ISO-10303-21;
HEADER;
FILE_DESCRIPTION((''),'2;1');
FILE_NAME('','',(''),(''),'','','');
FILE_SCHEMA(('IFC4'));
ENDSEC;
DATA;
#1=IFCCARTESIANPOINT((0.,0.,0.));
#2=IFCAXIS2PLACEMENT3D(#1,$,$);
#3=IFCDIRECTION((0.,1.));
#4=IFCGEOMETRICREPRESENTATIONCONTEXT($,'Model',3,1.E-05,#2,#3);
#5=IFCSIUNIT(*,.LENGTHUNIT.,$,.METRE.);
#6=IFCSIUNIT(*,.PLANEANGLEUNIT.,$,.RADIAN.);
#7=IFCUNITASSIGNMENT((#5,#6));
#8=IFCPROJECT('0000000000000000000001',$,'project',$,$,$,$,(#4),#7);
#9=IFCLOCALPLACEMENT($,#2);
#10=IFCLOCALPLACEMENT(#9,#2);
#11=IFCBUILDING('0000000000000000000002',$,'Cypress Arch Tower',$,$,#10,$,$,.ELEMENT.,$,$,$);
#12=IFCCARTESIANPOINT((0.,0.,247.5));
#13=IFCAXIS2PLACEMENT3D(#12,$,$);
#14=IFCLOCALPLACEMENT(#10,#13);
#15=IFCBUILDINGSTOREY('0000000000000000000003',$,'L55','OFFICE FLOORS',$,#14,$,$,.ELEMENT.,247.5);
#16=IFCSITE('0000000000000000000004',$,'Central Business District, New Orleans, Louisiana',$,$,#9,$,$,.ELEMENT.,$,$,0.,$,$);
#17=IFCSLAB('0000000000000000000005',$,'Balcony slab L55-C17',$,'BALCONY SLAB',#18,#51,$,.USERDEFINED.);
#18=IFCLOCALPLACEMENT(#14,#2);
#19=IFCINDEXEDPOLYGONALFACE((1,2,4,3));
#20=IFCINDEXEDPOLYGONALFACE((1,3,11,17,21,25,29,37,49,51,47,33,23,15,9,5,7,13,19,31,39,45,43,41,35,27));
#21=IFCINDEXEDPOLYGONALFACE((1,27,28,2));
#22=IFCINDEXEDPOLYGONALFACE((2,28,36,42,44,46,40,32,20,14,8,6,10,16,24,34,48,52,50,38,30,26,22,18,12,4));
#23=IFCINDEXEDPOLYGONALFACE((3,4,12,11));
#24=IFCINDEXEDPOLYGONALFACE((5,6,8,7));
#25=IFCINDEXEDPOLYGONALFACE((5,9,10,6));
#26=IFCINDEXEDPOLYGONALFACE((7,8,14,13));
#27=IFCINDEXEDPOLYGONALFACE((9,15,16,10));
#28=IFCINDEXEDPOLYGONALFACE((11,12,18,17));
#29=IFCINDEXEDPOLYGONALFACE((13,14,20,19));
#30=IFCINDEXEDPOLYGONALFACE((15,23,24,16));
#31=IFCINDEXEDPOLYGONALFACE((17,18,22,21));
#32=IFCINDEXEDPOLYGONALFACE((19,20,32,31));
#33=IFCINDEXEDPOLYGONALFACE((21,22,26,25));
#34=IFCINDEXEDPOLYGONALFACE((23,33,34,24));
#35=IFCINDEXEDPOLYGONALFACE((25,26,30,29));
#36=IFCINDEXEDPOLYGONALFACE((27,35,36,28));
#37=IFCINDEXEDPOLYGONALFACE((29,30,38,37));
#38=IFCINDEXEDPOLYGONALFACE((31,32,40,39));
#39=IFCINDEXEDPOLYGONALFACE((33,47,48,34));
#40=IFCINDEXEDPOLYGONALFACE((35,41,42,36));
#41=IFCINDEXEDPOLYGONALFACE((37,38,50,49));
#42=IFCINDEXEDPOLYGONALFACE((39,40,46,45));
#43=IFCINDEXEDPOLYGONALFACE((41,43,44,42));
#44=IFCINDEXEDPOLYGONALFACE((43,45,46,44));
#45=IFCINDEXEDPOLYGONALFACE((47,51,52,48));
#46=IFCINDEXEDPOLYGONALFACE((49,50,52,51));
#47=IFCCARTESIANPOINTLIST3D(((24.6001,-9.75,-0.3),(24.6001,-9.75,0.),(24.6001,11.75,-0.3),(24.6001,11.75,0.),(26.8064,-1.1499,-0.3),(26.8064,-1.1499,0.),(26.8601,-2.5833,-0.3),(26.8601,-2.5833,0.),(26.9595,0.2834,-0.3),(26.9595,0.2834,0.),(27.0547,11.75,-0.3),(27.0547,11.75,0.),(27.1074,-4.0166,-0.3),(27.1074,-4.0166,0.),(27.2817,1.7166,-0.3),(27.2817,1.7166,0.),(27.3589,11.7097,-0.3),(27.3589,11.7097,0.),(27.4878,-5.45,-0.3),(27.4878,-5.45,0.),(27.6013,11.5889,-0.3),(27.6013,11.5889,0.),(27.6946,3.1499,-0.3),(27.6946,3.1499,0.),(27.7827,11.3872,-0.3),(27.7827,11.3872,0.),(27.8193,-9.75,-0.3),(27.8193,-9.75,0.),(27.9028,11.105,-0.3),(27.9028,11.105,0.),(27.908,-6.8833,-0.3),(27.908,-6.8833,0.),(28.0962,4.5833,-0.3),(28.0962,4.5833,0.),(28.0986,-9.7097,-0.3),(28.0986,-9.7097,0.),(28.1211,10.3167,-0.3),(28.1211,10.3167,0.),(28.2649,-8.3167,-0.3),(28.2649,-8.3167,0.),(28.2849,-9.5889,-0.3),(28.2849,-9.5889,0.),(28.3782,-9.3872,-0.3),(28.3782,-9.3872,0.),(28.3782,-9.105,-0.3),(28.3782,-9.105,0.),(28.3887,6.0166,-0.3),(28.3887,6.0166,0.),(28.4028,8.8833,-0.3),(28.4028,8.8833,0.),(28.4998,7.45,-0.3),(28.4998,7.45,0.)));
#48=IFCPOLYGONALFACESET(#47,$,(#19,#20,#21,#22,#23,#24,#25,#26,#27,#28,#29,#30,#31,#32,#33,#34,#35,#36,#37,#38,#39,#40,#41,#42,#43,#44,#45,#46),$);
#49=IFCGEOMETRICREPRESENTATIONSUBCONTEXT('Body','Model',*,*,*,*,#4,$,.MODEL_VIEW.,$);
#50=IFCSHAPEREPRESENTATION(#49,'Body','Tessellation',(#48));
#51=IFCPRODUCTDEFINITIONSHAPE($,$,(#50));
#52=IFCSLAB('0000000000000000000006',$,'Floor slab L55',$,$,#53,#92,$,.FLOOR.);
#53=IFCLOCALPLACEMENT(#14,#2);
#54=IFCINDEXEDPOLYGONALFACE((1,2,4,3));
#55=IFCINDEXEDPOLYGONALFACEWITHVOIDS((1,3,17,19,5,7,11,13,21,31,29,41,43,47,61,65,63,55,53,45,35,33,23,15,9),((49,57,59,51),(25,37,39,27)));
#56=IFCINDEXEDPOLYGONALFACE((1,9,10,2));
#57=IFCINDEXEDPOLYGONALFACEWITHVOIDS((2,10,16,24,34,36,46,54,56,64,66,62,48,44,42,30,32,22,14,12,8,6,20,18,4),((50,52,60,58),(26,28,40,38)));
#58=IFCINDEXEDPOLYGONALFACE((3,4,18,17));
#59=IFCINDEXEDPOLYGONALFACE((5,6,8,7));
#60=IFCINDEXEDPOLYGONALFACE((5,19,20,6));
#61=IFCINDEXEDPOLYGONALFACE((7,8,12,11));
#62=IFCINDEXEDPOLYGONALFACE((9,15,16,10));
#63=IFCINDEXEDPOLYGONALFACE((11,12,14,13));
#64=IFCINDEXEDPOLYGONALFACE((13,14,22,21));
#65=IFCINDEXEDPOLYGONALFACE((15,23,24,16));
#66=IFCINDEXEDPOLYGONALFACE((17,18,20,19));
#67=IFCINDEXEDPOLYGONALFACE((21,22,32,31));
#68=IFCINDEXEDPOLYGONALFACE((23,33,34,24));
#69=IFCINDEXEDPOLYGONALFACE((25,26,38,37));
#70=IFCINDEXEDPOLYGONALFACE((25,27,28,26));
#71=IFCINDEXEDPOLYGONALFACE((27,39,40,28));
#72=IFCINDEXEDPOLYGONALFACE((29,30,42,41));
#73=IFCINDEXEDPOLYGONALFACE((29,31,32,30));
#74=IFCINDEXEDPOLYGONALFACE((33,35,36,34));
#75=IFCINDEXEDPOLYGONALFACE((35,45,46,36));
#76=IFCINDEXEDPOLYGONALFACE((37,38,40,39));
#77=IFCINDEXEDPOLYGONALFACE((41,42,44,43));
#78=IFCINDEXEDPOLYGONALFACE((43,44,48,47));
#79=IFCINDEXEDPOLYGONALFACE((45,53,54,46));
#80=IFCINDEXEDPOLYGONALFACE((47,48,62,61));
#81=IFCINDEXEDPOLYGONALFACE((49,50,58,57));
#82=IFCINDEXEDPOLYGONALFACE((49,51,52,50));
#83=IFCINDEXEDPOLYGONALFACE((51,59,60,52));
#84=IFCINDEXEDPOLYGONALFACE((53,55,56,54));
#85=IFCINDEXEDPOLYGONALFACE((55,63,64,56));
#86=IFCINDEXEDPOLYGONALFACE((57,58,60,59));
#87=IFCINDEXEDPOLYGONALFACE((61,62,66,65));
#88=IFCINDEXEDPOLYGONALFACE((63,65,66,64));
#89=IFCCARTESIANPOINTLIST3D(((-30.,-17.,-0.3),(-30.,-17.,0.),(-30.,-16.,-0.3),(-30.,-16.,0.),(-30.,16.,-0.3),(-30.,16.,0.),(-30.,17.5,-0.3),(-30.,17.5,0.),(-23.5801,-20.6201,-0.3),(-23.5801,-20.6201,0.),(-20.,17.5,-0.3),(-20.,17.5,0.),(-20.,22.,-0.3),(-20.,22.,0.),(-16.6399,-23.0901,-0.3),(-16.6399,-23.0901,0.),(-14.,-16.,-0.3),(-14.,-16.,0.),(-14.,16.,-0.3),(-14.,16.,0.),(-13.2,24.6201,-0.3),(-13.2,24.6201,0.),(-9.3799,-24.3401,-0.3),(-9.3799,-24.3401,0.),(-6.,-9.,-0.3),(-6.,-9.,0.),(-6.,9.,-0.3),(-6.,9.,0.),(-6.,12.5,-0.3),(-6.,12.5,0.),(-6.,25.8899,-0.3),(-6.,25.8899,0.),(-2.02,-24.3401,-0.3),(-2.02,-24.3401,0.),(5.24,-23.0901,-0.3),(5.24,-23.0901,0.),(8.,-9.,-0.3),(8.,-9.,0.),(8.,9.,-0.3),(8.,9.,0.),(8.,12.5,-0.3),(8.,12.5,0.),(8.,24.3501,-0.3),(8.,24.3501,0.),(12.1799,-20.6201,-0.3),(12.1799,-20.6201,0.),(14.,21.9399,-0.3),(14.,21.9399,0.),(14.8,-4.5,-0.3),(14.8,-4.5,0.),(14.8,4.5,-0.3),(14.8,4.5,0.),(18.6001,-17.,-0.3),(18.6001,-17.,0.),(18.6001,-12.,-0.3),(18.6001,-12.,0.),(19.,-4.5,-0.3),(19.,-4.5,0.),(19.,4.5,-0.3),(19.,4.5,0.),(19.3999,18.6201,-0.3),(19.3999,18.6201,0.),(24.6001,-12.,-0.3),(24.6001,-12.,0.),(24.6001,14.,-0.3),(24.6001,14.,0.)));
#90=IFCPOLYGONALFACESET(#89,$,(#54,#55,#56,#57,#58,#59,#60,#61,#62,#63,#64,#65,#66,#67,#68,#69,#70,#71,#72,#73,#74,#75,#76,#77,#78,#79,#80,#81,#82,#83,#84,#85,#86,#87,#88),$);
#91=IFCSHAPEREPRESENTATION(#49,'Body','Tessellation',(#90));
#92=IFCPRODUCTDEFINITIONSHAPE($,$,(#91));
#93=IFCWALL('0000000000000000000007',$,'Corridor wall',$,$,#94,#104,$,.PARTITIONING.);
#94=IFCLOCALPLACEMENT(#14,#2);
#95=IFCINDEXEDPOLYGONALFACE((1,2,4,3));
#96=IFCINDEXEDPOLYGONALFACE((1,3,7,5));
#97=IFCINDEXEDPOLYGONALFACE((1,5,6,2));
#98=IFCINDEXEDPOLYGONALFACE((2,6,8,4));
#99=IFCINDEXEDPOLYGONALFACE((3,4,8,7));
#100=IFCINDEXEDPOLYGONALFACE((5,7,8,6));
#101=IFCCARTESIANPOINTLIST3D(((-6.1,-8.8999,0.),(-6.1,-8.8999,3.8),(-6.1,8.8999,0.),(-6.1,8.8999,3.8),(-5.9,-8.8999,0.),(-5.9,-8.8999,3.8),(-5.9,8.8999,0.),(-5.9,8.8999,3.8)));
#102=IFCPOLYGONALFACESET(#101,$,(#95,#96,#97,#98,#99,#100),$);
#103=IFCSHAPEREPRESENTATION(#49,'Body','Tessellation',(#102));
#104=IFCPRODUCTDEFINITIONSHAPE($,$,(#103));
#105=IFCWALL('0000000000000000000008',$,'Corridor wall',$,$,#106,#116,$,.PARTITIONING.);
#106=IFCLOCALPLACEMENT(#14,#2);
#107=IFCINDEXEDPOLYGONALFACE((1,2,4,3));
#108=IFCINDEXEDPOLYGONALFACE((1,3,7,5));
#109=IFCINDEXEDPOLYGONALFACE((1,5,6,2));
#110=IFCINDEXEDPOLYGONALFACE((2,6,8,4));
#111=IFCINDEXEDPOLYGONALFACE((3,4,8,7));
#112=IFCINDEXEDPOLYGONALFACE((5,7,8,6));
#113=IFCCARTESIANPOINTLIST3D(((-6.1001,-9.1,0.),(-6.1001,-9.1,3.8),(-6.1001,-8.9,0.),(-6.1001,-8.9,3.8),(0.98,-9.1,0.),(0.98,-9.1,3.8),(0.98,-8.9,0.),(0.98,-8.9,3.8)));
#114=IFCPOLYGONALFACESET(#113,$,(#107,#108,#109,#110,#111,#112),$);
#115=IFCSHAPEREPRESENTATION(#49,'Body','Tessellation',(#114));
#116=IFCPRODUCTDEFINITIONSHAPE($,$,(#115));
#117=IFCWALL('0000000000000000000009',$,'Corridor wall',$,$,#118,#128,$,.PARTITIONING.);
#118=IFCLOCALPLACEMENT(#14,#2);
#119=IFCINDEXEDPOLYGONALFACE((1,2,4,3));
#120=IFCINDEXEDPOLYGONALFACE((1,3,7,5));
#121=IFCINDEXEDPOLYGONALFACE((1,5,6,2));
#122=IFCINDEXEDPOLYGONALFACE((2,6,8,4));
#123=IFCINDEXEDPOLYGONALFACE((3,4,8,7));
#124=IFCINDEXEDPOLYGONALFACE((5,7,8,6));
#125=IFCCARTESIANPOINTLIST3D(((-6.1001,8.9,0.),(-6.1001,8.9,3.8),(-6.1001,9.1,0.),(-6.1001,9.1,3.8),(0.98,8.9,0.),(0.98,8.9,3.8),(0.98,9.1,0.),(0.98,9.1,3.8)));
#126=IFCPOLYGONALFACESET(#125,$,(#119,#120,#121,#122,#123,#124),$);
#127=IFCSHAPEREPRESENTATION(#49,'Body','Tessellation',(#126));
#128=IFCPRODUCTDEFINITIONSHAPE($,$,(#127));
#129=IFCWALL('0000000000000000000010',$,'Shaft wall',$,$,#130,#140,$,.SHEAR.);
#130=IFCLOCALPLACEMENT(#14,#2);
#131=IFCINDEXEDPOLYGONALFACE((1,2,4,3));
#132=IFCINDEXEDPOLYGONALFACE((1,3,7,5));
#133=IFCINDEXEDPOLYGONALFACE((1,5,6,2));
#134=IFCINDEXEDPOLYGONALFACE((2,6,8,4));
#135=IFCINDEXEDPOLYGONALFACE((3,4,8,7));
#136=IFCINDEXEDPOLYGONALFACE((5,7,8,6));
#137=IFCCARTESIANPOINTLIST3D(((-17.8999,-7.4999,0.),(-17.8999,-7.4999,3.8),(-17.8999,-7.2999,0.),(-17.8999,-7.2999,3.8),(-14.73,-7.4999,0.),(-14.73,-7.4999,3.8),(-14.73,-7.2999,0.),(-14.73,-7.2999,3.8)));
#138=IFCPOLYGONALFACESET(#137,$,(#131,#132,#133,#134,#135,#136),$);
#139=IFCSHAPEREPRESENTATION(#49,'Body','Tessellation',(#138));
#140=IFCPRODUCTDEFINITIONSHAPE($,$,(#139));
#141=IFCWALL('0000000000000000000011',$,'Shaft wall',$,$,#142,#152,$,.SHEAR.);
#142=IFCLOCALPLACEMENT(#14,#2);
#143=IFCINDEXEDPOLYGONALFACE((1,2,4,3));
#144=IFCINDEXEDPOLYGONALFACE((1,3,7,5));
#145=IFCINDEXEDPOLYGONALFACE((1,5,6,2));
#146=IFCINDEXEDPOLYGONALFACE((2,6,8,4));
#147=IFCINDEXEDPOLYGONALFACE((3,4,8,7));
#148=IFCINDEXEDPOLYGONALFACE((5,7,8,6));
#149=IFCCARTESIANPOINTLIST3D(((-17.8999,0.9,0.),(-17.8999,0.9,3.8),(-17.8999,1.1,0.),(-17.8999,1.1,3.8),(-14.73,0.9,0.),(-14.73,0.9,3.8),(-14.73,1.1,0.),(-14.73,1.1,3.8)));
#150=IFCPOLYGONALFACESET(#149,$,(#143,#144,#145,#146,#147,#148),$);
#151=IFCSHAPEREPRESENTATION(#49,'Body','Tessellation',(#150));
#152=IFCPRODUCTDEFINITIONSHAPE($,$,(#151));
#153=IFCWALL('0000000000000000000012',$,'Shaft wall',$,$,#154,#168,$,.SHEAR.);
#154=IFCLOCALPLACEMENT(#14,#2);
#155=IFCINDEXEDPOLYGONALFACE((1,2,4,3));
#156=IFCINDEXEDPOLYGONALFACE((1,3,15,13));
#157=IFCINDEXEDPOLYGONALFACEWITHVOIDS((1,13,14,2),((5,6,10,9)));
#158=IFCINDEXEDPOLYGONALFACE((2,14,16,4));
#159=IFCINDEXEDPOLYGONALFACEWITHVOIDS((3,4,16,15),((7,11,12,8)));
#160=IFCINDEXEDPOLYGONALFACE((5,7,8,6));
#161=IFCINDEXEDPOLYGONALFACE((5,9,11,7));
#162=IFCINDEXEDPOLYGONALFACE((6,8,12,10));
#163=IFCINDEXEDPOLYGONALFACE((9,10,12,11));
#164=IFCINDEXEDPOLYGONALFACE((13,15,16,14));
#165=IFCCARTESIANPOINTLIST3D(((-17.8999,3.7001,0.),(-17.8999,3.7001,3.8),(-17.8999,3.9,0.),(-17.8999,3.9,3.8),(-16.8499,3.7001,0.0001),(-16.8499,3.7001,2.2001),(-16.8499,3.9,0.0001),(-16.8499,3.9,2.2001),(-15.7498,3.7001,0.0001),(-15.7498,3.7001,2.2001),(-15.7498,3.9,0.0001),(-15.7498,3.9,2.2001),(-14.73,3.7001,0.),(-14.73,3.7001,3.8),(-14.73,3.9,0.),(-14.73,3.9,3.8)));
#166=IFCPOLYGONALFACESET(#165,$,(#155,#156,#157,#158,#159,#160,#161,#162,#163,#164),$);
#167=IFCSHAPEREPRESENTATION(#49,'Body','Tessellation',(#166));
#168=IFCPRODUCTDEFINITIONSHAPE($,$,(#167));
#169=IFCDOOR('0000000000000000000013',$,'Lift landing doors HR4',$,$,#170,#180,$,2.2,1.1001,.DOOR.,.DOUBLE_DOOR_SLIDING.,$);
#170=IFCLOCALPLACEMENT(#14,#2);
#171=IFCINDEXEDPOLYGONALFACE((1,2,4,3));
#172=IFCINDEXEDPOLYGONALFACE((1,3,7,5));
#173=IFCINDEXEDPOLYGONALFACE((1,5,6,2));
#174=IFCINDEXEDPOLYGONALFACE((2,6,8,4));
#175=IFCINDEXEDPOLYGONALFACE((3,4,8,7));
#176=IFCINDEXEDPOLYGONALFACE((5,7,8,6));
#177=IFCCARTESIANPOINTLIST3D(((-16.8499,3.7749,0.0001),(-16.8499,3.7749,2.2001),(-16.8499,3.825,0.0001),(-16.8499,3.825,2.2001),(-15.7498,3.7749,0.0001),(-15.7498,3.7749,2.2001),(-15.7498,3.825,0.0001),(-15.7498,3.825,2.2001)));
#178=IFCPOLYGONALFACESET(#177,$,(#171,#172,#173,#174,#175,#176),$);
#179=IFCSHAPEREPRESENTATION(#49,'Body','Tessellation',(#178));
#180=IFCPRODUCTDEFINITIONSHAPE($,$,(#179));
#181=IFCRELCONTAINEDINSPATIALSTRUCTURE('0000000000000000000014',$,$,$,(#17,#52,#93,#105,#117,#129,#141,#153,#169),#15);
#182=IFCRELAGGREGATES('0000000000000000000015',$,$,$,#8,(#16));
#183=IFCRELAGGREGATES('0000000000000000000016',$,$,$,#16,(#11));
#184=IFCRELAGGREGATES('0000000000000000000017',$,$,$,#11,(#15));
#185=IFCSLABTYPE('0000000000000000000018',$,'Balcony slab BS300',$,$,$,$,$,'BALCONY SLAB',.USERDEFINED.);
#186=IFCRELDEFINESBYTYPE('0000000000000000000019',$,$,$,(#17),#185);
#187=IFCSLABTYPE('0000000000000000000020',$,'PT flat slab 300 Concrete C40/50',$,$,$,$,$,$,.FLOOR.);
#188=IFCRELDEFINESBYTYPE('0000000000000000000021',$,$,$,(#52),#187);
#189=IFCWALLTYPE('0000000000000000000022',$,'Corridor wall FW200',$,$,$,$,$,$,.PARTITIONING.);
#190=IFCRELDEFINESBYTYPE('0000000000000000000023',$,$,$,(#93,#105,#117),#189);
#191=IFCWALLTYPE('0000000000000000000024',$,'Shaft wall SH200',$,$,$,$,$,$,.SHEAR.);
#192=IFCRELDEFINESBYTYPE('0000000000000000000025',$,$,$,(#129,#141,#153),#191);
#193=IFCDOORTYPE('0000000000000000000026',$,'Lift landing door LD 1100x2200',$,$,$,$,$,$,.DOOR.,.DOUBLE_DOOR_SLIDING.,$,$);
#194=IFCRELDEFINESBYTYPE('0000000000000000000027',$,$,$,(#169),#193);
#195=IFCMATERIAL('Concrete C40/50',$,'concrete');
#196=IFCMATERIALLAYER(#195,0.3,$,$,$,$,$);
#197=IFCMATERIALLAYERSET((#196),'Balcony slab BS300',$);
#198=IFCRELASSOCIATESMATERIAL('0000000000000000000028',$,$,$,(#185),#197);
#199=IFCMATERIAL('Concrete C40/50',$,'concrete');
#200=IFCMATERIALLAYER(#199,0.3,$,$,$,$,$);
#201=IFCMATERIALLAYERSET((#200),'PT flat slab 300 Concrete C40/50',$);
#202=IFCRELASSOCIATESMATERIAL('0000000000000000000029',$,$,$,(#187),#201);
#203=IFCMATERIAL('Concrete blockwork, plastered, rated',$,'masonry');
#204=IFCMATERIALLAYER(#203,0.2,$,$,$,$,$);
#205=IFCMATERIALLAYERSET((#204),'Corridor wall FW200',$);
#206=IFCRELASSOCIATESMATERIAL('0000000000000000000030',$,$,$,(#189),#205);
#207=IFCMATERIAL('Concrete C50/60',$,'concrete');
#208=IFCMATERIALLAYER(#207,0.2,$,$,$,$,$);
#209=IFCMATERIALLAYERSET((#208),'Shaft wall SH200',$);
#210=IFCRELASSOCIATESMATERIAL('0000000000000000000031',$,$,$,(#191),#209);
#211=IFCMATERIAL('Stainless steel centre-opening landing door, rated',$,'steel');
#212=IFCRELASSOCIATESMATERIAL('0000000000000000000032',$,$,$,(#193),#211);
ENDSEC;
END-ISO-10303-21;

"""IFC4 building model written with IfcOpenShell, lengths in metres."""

from ifc_helpers import new_model, si_unit, direction, frame, frame_2d, origin, place, context, subcontext, project, spatial, polyline, rectangle, outline, extrude, material, layer, layer_set, type_object, element, fill, save


model = new_model("IFC4")

# Units and contexts
model_context = context("Model", 3, precision=1e-05, world=origin(), true_north=direction((0.0, 1.0)))
body_context = subcontext(model_context, "Body", "Model", "MODEL_VIEW")
ifc_project = project(units=[si_unit("LENGTHUNIT", "METRE"), si_unit("PLANEANGLEUNIT", "RADIAN")], contexts=[model_context])

# Site, building, storey
site_placement = place(None, origin())
site = spatial("IfcSite", under=ifc_project, at=site_placement, Name="Central Business District, New Orleans, Louisiana", CompositionType="ELEMENT", RefElevation=0.0)
building_placement = place(site_placement, origin())
building = spatial("IfcBuilding", under=site, at=building_placement, Name="Cypress Arch Tower", CompositionType="ELEMENT")
storey_placement = place(building_placement, frame((0.0, 0.0, 247.5)))
storey = spatial("IfcBuildingStorey", under=building, at=storey_placement, Name="L55", Description="OFFICE FLOORS", CompositionType="ELEMENT", Elevation=247.5)

# Slabs
ifc_material_1 = material(Name="Concrete C40/50", Category="concrete")
ifc_layer_1 = layer(ifc_material_1, 0.3)
ifc_layer_set_1 = layer_set([ifc_layer_1], Name="Balcony slab BS300")
slab_type_1 = type_object("IfcSlabType", Name="Balcony slab BS300", ElementType="BALCONY SLAB", PredefinedType="USERDEFINED", material=ifc_layer_set_1)
slab_1_placement = place(storey_placement, frame((0.0, 0.0, -0.3)))
element("IfcSlab", 1, at=slab_1_placement, inside=storey, type_object=slab_type_1, Name="Balcony slab L55-C17", ObjectType="BALCONY SLAB", PredefinedType="USERDEFINED", context=body_context, shape_type="SweptSolid", body=[
    extrude(outline(polyline([(24.6001, -9.75), (27.8193, -9.75), (28.0986, -9.7097), (28.2849, -9.5889), (28.3782, -9.3872), (28.3782, -9.105), (28.2649, -8.3167), (27.908, -6.8833), (27.4878, -5.45), (27.1074, -4.0166), (26.8601, -2.5833), (26.8064, -1.1499), (26.9595, 0.2834), (27.2817, 1.7166), (27.6946, 3.1499), (28.0962, 4.5833), (28.3887, 6.0166), (28.4998, 7.45), (28.4028, 8.8833), (28.1211, 10.3167), (27.9028, 11.105), (27.7827, 11.3872), (27.6013, 11.5889), (27.3589, 11.7097), (27.0547, 11.75), (24.6001, 11.75), (24.6001, -9.75)])), origin(), (0.0, 0.0, 1.0), 0.3),
])
ifc_material_2 = material(Name="Concrete C40/50", Category="concrete")
ifc_layer_2 = layer(ifc_material_2, 0.3)
ifc_layer_set_2 = layer_set([ifc_layer_2], Name="PT flat slab 300 Concrete C40/50")
slab_type_2 = type_object("IfcSlabType", Name="PT flat slab 300 Concrete C40/50", PredefinedType="FLOOR", material=ifc_layer_set_2)
slab_2_placement = place(storey_placement, frame((0.0, 0.0, -0.3)))
element("IfcSlab", 2, at=slab_2_placement, inside=storey, type_object=slab_type_2, Name="Floor slab L55", PredefinedType="FLOOR", context=body_context, shape_type="SweptSolid", body=[
    extrude(outline(polyline([(-30.0, 17.5), (-20.0, 17.5), (-20.0, 22.0), (-13.2, 24.6201), (-6.0, 25.8899), (-6.0, 12.5), (8.0, 12.5), (8.0, 24.3501), (14.0, 21.9399), (19.3999, 18.6201), (24.6001, 14.0), (24.6001, -12.0), (18.6001, -12.0), (18.6001, -17.0), (12.1799, -20.6201), (5.24, -23.0901), (-2.02, -24.3401), (-9.3799, -24.3401), (-16.6399, -23.0901), (-23.5801, -20.6201), (-30.0, -17.0), (-30.0, -16.0), (-14.0, -16.0), (-14.0, 16.0), (-30.0, 16.0), (-30.0, 17.5)]), holes=[polyline([(-6.0, -9.0), (8.0, -9.0), (8.0, 9.0), (-6.0, 9.0), (-6.0, -9.0)]), polyline([(14.8, -4.5), (19.0, -4.5), (19.0, 4.5), (14.8, 4.5), (14.8, -4.5)])]), origin(), (0.0, 0.0, 1.0), 0.3),
])

# Walls
ifc_material_3 = material(Name="Concrete blockwork, plastered, rated", Category="masonry")
ifc_layer_3 = layer(ifc_material_3, 0.2)
ifc_layer_set_3 = layer_set([ifc_layer_3], Name="Corridor wall FW200")
wall_type_1 = type_object("IfcWallType", Name="Corridor wall FW200", PredefinedType="PARTITIONING", material=ifc_layer_set_3)
wall_1_placement = place(storey_placement, frame((-6.0, -8.8999, 0.0), z_axis=(0.0, 0.0, 1.0), x_axis=(0.0, 1.0, 0.0)))
element("IfcWall", 3, at=wall_1_placement, inside=storey, type_object=wall_type_1, Name="Corridor wall", PredefinedType="PARTITIONING", context=body_context, shape_type="SweptSolid", body=[
    extrude(rectangle(XDim=17.7998, YDim=0.2, at=frame_2d((8.8999, 0.0))), origin(), (0.0, 0.0, 1.0), 3.8),
])
for number, where, z_axis, x_axis, name in (
    (4, (-6.1001, -9.0, 0.0), (0.0, 0.0, 1.0), (1.0, 0.0, 0.0), "Corridor wall"),
    (5, (-6.1001, 9.0, 0.0), (0.0, 0.0, 1.0), (1.0, 0.0, 0.0), "Corridor wall"),
):
    element("IfcWall", number, at=place(storey_placement, frame(where, z_axis=z_axis, x_axis=x_axis)), inside=storey, type_object=wall_type_1, Name=name, PredefinedType="PARTITIONING", context=body_context, shape_type="SweptSolid", body=[
        extrude(rectangle(XDim=7.0801, YDim=0.2, at=frame_2d((3.54, 0.0))), origin(), (0.0, 0.0, 1.0), 3.8),
    ])
ifc_material_4 = material(Name="Concrete C50/60", Category="concrete")
ifc_layer_4 = layer(ifc_material_4, 0.2)
ifc_layer_set_4 = layer_set([ifc_layer_4], Name="Shaft wall SH200")
wall_type_2 = type_object("IfcWallType", Name="Shaft wall SH200", PredefinedType="SHEAR", material=ifc_layer_set_4)
for number, where, z_axis, x_axis, name in (
    (6, (-17.8999, -7.3999, 0.0), (0.0, 0.0, 1.0), (1.0, 0.0, 0.0), "Shaft wall"),
    (7, (-17.8999, 1.0, 0.0), (0.0, 0.0, 1.0), (1.0, 0.0, 0.0), "Shaft wall"),
):
    element("IfcWall", number, at=place(storey_placement, frame(where, z_axis=z_axis, x_axis=x_axis)), inside=storey, type_object=wall_type_2, Name=name, PredefinedType="SHEAR", context=body_context, shape_type="SweptSolid", body=[
        extrude(rectangle(XDim=3.1699, YDim=0.2, at=frame_2d((1.585, 0.0))), origin(), (0.0, 0.0, 1.0), 3.8),
    ])

# Wall, opening, door
wall_2_placement = place(storey_placement, frame((-17.8999, 3.8, 0.0), z_axis=(0.0, 0.0, 1.0), x_axis=(1.0, 0.0, 0.0)))
wall_2 = element("IfcWall", 8, at=wall_2_placement, inside=storey, type_object=wall_type_2, Name="Shaft wall", PredefinedType="SHEAR", context=body_context, shape_type="SweptSolid", body=[
    extrude(rectangle(XDim=3.1699, YDim=0.2, at=frame_2d((1.585, 0.0))), origin(), (0.0, 0.0, 1.0), 3.8),
])
opening_placement = place(wall_2_placement, frame((1.05, 0.0, 0.0)))
opening = element("IfcOpeningElement", 9, at=opening_placement, cuts=wall_2, PredefinedType="OPENING", context=body_context, shape_type="SweptSolid", body=[
    extrude(rectangle(XDim=1.1001, YDim=2.2, at=frame_2d((0.55, 1.1001))), frame((0.0, 0.1099, 0.0), z_axis=(0.0, -1.0, 0.0), x_axis=(1.0, 0.0, 0.0)), (0.0, 0.0, 1.0), 0.22),
])
ifc_material_5 = material(Name="Stainless steel centre-opening landing door, rated", Category="steel")
door_type = type_object("IfcDoorType", Name="Lift landing door LD 1100x2200", OperationType="DOUBLE_DOOR_SLIDING", PredefinedType="DOOR", material=ifc_material_5)
door_placement = place(opening_placement, origin())
door = element("IfcDoor", 10, at=door_placement, inside=storey, type_object=door_type, Name="Lift landing doors HR4", OperationType="DOUBLE_DOOR_SLIDING", OverallHeight=2.2, OverallWidth=1.1001, PredefinedType="DOOR", context=body_context, shape_type="SweptSolid", body=[
    extrude(rectangle(XDim=1.1001, YDim=2.2, at=frame_2d((0.55, 1.1001))), frame((0.0, 0.0249, 0.0), z_axis=(0.0, -1.0, 0.0), x_axis=(1.0, 0.0, 0.0)), (0.0, 0.0, 1.0), 0.05),
])
fill(opening, door)

save(model, "model.ifc")
